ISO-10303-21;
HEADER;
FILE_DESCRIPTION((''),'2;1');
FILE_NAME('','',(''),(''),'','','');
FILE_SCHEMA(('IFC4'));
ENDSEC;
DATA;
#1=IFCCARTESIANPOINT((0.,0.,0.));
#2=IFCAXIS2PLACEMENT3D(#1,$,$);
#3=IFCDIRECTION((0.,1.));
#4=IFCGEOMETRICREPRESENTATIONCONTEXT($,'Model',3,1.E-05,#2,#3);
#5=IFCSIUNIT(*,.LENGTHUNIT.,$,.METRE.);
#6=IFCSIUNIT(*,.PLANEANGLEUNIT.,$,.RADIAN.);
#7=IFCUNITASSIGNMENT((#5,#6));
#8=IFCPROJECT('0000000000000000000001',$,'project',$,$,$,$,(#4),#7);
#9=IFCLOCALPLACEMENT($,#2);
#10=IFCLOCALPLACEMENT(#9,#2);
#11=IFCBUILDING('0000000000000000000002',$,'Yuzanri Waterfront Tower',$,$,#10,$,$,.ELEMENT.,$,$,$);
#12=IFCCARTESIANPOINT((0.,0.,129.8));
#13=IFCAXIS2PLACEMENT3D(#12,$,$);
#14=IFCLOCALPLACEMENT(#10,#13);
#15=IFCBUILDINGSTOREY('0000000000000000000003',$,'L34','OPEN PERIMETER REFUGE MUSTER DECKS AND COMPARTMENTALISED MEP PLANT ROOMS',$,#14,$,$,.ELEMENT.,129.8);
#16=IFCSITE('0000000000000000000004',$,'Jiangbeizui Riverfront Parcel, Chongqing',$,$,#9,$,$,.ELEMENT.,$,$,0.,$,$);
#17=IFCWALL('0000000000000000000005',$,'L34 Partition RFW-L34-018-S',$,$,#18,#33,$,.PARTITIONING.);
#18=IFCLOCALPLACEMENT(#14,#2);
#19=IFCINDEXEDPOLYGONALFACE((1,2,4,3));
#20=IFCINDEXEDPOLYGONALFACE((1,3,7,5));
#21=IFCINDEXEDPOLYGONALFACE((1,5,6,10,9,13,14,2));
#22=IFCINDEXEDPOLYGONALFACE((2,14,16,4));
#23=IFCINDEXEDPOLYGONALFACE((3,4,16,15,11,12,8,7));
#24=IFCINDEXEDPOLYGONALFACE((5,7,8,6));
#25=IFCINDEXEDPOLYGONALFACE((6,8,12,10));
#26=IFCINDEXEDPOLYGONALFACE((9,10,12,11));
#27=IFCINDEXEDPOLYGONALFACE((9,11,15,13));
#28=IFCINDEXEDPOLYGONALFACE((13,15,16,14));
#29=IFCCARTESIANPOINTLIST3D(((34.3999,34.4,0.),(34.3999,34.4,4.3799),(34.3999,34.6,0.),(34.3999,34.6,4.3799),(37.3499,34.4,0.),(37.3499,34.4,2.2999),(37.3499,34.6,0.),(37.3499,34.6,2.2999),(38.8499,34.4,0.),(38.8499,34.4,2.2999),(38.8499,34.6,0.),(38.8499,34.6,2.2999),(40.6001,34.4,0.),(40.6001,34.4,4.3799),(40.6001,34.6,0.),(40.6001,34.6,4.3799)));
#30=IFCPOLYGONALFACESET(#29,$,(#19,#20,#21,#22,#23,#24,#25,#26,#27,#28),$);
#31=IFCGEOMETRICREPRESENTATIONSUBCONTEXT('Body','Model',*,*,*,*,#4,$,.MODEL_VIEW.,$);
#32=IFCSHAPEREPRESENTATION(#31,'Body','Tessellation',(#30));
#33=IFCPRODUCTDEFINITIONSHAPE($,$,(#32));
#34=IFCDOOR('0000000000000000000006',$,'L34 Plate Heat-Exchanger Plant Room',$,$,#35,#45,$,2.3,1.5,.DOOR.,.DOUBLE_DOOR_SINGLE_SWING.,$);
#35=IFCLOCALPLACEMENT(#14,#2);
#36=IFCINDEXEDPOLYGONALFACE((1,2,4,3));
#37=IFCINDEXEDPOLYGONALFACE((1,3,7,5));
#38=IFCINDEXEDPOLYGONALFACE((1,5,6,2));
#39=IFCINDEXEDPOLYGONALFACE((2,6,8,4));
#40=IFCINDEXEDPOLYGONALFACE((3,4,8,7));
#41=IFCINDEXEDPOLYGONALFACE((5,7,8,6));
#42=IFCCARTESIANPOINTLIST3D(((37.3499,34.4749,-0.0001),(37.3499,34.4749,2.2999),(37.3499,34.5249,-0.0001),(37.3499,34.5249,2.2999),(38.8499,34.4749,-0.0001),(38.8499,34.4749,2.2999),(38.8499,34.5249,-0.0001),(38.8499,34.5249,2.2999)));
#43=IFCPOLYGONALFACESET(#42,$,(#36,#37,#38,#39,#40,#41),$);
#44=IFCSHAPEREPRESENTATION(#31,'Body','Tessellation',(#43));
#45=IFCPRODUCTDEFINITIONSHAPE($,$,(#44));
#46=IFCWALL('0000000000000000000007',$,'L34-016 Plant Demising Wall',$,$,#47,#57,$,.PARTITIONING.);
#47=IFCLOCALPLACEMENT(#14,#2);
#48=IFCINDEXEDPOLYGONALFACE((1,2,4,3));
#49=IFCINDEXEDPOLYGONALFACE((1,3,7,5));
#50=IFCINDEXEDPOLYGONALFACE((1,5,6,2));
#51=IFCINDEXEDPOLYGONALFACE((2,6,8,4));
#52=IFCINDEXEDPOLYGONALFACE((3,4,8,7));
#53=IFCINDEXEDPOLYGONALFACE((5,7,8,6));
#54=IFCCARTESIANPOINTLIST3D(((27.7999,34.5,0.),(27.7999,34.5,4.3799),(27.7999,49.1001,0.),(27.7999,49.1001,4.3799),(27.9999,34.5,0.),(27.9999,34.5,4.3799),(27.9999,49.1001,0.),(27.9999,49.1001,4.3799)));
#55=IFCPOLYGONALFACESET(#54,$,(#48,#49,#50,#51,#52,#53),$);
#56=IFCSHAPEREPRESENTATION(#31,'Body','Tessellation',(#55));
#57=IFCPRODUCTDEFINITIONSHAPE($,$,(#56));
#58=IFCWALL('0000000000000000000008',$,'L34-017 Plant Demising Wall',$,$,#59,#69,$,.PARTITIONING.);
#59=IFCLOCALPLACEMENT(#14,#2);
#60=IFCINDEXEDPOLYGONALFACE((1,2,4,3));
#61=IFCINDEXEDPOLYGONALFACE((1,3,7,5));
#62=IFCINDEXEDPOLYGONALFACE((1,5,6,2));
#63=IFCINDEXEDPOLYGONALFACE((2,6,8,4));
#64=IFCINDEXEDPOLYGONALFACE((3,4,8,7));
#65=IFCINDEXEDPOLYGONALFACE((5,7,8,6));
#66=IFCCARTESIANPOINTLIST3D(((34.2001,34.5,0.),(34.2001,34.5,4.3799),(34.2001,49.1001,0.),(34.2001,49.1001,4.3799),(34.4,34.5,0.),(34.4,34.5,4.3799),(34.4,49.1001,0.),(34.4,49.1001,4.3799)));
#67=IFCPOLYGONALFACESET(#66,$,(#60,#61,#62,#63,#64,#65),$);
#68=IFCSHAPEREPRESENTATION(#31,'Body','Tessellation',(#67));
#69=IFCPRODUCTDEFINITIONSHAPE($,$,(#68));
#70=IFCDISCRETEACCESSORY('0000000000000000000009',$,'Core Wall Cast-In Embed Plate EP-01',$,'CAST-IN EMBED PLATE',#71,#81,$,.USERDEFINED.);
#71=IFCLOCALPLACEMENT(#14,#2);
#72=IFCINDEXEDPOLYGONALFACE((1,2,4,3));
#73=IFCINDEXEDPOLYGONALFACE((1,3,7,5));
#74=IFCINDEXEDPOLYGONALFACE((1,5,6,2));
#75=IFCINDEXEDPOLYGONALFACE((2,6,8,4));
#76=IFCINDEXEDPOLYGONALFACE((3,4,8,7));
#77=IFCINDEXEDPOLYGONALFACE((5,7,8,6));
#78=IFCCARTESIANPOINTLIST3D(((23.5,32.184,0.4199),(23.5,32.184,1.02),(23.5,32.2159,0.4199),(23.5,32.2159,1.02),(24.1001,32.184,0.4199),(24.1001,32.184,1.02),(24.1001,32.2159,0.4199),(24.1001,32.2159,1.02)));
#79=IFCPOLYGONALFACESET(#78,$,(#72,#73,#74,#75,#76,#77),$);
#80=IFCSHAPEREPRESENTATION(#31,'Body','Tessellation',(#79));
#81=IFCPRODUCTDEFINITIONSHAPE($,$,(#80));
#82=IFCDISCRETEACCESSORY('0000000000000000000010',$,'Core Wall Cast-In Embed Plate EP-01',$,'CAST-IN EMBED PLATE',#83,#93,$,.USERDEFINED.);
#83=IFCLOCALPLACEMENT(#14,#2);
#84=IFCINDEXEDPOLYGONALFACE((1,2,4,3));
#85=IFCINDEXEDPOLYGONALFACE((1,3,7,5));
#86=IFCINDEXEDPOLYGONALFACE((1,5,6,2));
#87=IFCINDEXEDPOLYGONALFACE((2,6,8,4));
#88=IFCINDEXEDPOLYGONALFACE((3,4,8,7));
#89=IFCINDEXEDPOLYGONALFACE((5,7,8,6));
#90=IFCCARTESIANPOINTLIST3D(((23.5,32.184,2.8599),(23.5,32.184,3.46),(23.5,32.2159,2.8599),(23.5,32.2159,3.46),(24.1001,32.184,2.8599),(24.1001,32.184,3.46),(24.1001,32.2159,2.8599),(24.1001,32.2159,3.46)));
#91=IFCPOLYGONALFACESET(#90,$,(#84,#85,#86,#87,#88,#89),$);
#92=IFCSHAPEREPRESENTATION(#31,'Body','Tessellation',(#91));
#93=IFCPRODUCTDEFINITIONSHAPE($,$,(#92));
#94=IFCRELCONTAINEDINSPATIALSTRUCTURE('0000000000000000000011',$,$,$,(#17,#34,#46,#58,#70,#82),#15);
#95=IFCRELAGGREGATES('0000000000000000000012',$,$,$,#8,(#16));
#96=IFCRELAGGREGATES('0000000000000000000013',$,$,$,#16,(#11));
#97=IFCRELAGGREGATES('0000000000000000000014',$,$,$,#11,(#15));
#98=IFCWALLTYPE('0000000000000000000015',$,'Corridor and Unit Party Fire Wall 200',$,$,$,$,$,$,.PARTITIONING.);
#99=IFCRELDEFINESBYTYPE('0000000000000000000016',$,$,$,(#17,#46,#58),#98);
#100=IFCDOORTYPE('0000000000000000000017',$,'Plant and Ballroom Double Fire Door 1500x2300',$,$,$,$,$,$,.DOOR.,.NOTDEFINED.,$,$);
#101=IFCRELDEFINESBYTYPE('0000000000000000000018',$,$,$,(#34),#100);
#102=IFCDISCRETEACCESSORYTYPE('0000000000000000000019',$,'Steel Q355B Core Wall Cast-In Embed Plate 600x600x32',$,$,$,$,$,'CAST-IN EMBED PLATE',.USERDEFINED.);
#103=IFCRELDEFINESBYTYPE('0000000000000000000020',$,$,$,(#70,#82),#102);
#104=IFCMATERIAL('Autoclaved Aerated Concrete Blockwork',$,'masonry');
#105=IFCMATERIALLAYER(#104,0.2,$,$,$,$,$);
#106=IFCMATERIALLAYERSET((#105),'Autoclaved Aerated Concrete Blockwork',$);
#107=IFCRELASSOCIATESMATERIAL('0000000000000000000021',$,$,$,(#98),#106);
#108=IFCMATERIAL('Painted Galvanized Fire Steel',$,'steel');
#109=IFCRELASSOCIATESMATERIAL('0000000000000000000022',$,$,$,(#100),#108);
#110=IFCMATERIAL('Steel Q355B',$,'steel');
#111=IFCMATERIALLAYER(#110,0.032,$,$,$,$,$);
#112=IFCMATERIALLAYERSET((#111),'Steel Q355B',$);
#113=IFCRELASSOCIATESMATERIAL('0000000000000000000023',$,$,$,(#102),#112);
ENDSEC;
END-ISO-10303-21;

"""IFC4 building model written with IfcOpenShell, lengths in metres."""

from ifc_helpers import new_model, si_unit, direction, frame, frame_2d, origin, origin_2d, place, context, subcontext, project, spatial, rectangle, extrude, source, transform, mapped, material, layer, layer_set, type_object, element, fill, save


model = new_model("IFC4")

# Units and contexts
model_context = context("Model", 3, precision=1e-05, world=origin(), true_north=direction((0.0, 1.0)))
body_context = subcontext(model_context, "Body", "Model", "MODEL_VIEW")
ifc_project = project(units=[si_unit("LENGTHUNIT", "METRE"), si_unit("PLANEANGLEUNIT", "RADIAN")], contexts=[model_context])

# Site, building, storey
site_placement = place(None, origin())
site = spatial("IfcSite", under=ifc_project, at=site_placement, Name="Jiangbeizui Riverfront Parcel, Chongqing", CompositionType="ELEMENT", RefElevation=0.0)
building_placement = place(site_placement, origin())
building = spatial("IfcBuilding", under=site, at=building_placement, Name="Yuzanri Waterfront Tower", CompositionType="ELEMENT")
storey_placement = place(building_placement, frame((0.0, 0.0, 129.8)))
storey = spatial("IfcBuildingStorey", under=building, at=storey_placement, Name="L34", Description="OPEN PERIMETER REFUGE MUSTER DECKS AND COMPARTMENTALISED MEP PLANT ROOMS", CompositionType="ELEMENT", Elevation=129.8)

# Wall, opening, door
ifc_material_1 = material(Name="Autoclaved Aerated Concrete Blockwork", Category="masonry")
ifc_layer_1 = layer(ifc_material_1, 0.2)
ifc_layer_set_1 = layer_set([ifc_layer_1], Name="Autoclaved Aerated Concrete Blockwork")
wall_type = type_object("IfcWallType", Name="Corridor and Unit Party Fire Wall 200", PredefinedType="PARTITIONING", material=ifc_layer_set_1)
ifc_material_2 = material(Name="Painted Galvanized Fire Steel", Category="steel")
door_type = type_object("IfcDoorType", Name="Plant and Ballroom Double Fire Door 1500x2300", OperationType="NOTDEFINED", PredefinedType="DOOR", material=ifc_material_2)
shared_shape_1 = source(origin(), body_context, "Body", "SweptSolid", [
    extrude(rectangle(XDim=1.5, YDim=2.3, at=frame_2d((0.75, 1.1499))), frame((0.0, 0.0249, 0.0), z_axis=(0.0, -1.0, 0.0), x_axis=(1.0, 0.0, 0.0)), (0.0, 0.0, 1.0), 0.05),
])
wall_1_placement = place(storey_placement, frame((34.3999, 34.5, 0.0), z_axis=(0.0, 0.0, 1.0), x_axis=(1.0, 0.0, 0.0)))
wall_1 = element("IfcWall", 1, at=wall_1_placement, inside=storey, type_object=wall_type, Name="L34 Partition RFW-L34-018-S", PredefinedType="PARTITIONING", context=body_context, shape_type="SweptSolid", body=[
    extrude(rectangle(XDim=6.2002, YDim=0.2, at=frame_2d((3.1001, 0.0))), origin(), (0.0, 0.0, 1.0), 4.3799),
])
opening_1_placement = place(wall_1_placement, frame((2.95, 0.0, 0.0)))
opening_1 = element("IfcOpeningElement", 2, at=opening_1_placement, cuts=wall_1, PredefinedType="OPENING", context=body_context, shape_type="SweptSolid", body=[
    extrude(rectangle(XDim=1.5, YDim=2.3, at=frame_2d((0.75, 1.1499))), frame((0.0, 0.1147, 0.0), z_axis=(0.0, -1.0, 0.0), x_axis=(1.0, 0.0, 0.0)), (0.0, 0.0, 1.0), 0.2297),
])
door_1_placement = place(opening_1_placement, origin())
door_1 = element("IfcDoor", 3, at=door_1_placement, inside=storey, type_object=door_type, Name="L34 Plate Heat-Exchanger Plant Room", OperationType="DOUBLE_DOOR_SINGLE_SWING", OverallHeight=2.3, OverallWidth=1.5, PredefinedType="DOOR", context=body_context, shape_type="MappedRepresentation", body=[
    mapped(shared_shape_1, transform((0.0, 0.0, 0.0), scale=1.0)),
])
fill(opening_1, door_1)

# Walls
shared_shape_2 = source(origin(), body_context, "Body", "SweptSolid", [
    extrude(rectangle(XDim=14.6001, YDim=0.2, at=frame_2d((7.3, 0.0))), origin(), (0.0, 0.0, 1.0), 4.3799),
])
for number, where, z_axis, x_axis, name in (
    (4, (27.8999, 34.5, 0.0), (0.0, 0.0, 1.0), (0.0, 1.0, 0.0), "L34-016 Plant Demising Wall"),
    (5, (34.3, 34.5, 0.0), (0.0, 0.0, 1.0), (0.0, 1.0, 0.0), "L34-017 Plant Demising Wall"),
):
    element("IfcWall", number, at=place(storey_placement, frame(where, z_axis=z_axis, x_axis=x_axis)), inside=storey, type_object=wall_type, Name=name, PredefinedType="PARTITIONING", context=body_context, shape_type="MappedRepresentation", body=[
        mapped(shared_shape_2, transform((0.0, 0.0, 0.0), scale=1.0)),
    ])

# Discrete accessories
ifc_material_3 = material(Name="Steel Q355B", Category="steel")
ifc_layer_2 = layer(ifc_material_3, 0.032)
ifc_layer_set_2 = layer_set([ifc_layer_2], Name="Steel Q355B")
discrete_accessory_type = type_object("IfcDiscreteAccessoryType", Name="Steel Q355B Core Wall Cast-In Embed Plate 600x600x32", ElementType="CAST-IN EMBED PLATE", PredefinedType="USERDEFINED", material=ifc_layer_set_2)
shared_shape_3 = source(origin(), body_context, "Body", "SweptSolid", [
    extrude(rectangle(XDim=0.6001, YDim=0.032, at=origin_2d()), origin(), (0.0, 0.0, 1.0), 0.6001),
])
for number, where, z_axis, x_axis, name in (
    (6, (23.8, 32.2, 0.4199), (0.0, 0.0, 1.0), (1.0, 0.0, 0.0), "Core Wall Cast-In Embed Plate EP-01"),
    (7, (23.8, 32.2, 2.8599), (0.0, 0.0, 1.0), (1.0, 0.0, 0.0), "Core Wall Cast-In Embed Plate EP-01"),
):
    element("IfcDiscreteAccessory", number, at=place(storey_placement, frame(where, z_axis=z_axis, x_axis=x_axis)), inside=storey, type_object=discrete_accessory_type, Name=name, ObjectType="CAST-IN EMBED PLATE", PredefinedType="USERDEFINED", context=body_context, shape_type="MappedRepresentation", body=[
        mapped(shared_shape_3, transform((0.0, 0.0, 0.0), scale=1.0)),
    ])

save(model, "model.ifc")
